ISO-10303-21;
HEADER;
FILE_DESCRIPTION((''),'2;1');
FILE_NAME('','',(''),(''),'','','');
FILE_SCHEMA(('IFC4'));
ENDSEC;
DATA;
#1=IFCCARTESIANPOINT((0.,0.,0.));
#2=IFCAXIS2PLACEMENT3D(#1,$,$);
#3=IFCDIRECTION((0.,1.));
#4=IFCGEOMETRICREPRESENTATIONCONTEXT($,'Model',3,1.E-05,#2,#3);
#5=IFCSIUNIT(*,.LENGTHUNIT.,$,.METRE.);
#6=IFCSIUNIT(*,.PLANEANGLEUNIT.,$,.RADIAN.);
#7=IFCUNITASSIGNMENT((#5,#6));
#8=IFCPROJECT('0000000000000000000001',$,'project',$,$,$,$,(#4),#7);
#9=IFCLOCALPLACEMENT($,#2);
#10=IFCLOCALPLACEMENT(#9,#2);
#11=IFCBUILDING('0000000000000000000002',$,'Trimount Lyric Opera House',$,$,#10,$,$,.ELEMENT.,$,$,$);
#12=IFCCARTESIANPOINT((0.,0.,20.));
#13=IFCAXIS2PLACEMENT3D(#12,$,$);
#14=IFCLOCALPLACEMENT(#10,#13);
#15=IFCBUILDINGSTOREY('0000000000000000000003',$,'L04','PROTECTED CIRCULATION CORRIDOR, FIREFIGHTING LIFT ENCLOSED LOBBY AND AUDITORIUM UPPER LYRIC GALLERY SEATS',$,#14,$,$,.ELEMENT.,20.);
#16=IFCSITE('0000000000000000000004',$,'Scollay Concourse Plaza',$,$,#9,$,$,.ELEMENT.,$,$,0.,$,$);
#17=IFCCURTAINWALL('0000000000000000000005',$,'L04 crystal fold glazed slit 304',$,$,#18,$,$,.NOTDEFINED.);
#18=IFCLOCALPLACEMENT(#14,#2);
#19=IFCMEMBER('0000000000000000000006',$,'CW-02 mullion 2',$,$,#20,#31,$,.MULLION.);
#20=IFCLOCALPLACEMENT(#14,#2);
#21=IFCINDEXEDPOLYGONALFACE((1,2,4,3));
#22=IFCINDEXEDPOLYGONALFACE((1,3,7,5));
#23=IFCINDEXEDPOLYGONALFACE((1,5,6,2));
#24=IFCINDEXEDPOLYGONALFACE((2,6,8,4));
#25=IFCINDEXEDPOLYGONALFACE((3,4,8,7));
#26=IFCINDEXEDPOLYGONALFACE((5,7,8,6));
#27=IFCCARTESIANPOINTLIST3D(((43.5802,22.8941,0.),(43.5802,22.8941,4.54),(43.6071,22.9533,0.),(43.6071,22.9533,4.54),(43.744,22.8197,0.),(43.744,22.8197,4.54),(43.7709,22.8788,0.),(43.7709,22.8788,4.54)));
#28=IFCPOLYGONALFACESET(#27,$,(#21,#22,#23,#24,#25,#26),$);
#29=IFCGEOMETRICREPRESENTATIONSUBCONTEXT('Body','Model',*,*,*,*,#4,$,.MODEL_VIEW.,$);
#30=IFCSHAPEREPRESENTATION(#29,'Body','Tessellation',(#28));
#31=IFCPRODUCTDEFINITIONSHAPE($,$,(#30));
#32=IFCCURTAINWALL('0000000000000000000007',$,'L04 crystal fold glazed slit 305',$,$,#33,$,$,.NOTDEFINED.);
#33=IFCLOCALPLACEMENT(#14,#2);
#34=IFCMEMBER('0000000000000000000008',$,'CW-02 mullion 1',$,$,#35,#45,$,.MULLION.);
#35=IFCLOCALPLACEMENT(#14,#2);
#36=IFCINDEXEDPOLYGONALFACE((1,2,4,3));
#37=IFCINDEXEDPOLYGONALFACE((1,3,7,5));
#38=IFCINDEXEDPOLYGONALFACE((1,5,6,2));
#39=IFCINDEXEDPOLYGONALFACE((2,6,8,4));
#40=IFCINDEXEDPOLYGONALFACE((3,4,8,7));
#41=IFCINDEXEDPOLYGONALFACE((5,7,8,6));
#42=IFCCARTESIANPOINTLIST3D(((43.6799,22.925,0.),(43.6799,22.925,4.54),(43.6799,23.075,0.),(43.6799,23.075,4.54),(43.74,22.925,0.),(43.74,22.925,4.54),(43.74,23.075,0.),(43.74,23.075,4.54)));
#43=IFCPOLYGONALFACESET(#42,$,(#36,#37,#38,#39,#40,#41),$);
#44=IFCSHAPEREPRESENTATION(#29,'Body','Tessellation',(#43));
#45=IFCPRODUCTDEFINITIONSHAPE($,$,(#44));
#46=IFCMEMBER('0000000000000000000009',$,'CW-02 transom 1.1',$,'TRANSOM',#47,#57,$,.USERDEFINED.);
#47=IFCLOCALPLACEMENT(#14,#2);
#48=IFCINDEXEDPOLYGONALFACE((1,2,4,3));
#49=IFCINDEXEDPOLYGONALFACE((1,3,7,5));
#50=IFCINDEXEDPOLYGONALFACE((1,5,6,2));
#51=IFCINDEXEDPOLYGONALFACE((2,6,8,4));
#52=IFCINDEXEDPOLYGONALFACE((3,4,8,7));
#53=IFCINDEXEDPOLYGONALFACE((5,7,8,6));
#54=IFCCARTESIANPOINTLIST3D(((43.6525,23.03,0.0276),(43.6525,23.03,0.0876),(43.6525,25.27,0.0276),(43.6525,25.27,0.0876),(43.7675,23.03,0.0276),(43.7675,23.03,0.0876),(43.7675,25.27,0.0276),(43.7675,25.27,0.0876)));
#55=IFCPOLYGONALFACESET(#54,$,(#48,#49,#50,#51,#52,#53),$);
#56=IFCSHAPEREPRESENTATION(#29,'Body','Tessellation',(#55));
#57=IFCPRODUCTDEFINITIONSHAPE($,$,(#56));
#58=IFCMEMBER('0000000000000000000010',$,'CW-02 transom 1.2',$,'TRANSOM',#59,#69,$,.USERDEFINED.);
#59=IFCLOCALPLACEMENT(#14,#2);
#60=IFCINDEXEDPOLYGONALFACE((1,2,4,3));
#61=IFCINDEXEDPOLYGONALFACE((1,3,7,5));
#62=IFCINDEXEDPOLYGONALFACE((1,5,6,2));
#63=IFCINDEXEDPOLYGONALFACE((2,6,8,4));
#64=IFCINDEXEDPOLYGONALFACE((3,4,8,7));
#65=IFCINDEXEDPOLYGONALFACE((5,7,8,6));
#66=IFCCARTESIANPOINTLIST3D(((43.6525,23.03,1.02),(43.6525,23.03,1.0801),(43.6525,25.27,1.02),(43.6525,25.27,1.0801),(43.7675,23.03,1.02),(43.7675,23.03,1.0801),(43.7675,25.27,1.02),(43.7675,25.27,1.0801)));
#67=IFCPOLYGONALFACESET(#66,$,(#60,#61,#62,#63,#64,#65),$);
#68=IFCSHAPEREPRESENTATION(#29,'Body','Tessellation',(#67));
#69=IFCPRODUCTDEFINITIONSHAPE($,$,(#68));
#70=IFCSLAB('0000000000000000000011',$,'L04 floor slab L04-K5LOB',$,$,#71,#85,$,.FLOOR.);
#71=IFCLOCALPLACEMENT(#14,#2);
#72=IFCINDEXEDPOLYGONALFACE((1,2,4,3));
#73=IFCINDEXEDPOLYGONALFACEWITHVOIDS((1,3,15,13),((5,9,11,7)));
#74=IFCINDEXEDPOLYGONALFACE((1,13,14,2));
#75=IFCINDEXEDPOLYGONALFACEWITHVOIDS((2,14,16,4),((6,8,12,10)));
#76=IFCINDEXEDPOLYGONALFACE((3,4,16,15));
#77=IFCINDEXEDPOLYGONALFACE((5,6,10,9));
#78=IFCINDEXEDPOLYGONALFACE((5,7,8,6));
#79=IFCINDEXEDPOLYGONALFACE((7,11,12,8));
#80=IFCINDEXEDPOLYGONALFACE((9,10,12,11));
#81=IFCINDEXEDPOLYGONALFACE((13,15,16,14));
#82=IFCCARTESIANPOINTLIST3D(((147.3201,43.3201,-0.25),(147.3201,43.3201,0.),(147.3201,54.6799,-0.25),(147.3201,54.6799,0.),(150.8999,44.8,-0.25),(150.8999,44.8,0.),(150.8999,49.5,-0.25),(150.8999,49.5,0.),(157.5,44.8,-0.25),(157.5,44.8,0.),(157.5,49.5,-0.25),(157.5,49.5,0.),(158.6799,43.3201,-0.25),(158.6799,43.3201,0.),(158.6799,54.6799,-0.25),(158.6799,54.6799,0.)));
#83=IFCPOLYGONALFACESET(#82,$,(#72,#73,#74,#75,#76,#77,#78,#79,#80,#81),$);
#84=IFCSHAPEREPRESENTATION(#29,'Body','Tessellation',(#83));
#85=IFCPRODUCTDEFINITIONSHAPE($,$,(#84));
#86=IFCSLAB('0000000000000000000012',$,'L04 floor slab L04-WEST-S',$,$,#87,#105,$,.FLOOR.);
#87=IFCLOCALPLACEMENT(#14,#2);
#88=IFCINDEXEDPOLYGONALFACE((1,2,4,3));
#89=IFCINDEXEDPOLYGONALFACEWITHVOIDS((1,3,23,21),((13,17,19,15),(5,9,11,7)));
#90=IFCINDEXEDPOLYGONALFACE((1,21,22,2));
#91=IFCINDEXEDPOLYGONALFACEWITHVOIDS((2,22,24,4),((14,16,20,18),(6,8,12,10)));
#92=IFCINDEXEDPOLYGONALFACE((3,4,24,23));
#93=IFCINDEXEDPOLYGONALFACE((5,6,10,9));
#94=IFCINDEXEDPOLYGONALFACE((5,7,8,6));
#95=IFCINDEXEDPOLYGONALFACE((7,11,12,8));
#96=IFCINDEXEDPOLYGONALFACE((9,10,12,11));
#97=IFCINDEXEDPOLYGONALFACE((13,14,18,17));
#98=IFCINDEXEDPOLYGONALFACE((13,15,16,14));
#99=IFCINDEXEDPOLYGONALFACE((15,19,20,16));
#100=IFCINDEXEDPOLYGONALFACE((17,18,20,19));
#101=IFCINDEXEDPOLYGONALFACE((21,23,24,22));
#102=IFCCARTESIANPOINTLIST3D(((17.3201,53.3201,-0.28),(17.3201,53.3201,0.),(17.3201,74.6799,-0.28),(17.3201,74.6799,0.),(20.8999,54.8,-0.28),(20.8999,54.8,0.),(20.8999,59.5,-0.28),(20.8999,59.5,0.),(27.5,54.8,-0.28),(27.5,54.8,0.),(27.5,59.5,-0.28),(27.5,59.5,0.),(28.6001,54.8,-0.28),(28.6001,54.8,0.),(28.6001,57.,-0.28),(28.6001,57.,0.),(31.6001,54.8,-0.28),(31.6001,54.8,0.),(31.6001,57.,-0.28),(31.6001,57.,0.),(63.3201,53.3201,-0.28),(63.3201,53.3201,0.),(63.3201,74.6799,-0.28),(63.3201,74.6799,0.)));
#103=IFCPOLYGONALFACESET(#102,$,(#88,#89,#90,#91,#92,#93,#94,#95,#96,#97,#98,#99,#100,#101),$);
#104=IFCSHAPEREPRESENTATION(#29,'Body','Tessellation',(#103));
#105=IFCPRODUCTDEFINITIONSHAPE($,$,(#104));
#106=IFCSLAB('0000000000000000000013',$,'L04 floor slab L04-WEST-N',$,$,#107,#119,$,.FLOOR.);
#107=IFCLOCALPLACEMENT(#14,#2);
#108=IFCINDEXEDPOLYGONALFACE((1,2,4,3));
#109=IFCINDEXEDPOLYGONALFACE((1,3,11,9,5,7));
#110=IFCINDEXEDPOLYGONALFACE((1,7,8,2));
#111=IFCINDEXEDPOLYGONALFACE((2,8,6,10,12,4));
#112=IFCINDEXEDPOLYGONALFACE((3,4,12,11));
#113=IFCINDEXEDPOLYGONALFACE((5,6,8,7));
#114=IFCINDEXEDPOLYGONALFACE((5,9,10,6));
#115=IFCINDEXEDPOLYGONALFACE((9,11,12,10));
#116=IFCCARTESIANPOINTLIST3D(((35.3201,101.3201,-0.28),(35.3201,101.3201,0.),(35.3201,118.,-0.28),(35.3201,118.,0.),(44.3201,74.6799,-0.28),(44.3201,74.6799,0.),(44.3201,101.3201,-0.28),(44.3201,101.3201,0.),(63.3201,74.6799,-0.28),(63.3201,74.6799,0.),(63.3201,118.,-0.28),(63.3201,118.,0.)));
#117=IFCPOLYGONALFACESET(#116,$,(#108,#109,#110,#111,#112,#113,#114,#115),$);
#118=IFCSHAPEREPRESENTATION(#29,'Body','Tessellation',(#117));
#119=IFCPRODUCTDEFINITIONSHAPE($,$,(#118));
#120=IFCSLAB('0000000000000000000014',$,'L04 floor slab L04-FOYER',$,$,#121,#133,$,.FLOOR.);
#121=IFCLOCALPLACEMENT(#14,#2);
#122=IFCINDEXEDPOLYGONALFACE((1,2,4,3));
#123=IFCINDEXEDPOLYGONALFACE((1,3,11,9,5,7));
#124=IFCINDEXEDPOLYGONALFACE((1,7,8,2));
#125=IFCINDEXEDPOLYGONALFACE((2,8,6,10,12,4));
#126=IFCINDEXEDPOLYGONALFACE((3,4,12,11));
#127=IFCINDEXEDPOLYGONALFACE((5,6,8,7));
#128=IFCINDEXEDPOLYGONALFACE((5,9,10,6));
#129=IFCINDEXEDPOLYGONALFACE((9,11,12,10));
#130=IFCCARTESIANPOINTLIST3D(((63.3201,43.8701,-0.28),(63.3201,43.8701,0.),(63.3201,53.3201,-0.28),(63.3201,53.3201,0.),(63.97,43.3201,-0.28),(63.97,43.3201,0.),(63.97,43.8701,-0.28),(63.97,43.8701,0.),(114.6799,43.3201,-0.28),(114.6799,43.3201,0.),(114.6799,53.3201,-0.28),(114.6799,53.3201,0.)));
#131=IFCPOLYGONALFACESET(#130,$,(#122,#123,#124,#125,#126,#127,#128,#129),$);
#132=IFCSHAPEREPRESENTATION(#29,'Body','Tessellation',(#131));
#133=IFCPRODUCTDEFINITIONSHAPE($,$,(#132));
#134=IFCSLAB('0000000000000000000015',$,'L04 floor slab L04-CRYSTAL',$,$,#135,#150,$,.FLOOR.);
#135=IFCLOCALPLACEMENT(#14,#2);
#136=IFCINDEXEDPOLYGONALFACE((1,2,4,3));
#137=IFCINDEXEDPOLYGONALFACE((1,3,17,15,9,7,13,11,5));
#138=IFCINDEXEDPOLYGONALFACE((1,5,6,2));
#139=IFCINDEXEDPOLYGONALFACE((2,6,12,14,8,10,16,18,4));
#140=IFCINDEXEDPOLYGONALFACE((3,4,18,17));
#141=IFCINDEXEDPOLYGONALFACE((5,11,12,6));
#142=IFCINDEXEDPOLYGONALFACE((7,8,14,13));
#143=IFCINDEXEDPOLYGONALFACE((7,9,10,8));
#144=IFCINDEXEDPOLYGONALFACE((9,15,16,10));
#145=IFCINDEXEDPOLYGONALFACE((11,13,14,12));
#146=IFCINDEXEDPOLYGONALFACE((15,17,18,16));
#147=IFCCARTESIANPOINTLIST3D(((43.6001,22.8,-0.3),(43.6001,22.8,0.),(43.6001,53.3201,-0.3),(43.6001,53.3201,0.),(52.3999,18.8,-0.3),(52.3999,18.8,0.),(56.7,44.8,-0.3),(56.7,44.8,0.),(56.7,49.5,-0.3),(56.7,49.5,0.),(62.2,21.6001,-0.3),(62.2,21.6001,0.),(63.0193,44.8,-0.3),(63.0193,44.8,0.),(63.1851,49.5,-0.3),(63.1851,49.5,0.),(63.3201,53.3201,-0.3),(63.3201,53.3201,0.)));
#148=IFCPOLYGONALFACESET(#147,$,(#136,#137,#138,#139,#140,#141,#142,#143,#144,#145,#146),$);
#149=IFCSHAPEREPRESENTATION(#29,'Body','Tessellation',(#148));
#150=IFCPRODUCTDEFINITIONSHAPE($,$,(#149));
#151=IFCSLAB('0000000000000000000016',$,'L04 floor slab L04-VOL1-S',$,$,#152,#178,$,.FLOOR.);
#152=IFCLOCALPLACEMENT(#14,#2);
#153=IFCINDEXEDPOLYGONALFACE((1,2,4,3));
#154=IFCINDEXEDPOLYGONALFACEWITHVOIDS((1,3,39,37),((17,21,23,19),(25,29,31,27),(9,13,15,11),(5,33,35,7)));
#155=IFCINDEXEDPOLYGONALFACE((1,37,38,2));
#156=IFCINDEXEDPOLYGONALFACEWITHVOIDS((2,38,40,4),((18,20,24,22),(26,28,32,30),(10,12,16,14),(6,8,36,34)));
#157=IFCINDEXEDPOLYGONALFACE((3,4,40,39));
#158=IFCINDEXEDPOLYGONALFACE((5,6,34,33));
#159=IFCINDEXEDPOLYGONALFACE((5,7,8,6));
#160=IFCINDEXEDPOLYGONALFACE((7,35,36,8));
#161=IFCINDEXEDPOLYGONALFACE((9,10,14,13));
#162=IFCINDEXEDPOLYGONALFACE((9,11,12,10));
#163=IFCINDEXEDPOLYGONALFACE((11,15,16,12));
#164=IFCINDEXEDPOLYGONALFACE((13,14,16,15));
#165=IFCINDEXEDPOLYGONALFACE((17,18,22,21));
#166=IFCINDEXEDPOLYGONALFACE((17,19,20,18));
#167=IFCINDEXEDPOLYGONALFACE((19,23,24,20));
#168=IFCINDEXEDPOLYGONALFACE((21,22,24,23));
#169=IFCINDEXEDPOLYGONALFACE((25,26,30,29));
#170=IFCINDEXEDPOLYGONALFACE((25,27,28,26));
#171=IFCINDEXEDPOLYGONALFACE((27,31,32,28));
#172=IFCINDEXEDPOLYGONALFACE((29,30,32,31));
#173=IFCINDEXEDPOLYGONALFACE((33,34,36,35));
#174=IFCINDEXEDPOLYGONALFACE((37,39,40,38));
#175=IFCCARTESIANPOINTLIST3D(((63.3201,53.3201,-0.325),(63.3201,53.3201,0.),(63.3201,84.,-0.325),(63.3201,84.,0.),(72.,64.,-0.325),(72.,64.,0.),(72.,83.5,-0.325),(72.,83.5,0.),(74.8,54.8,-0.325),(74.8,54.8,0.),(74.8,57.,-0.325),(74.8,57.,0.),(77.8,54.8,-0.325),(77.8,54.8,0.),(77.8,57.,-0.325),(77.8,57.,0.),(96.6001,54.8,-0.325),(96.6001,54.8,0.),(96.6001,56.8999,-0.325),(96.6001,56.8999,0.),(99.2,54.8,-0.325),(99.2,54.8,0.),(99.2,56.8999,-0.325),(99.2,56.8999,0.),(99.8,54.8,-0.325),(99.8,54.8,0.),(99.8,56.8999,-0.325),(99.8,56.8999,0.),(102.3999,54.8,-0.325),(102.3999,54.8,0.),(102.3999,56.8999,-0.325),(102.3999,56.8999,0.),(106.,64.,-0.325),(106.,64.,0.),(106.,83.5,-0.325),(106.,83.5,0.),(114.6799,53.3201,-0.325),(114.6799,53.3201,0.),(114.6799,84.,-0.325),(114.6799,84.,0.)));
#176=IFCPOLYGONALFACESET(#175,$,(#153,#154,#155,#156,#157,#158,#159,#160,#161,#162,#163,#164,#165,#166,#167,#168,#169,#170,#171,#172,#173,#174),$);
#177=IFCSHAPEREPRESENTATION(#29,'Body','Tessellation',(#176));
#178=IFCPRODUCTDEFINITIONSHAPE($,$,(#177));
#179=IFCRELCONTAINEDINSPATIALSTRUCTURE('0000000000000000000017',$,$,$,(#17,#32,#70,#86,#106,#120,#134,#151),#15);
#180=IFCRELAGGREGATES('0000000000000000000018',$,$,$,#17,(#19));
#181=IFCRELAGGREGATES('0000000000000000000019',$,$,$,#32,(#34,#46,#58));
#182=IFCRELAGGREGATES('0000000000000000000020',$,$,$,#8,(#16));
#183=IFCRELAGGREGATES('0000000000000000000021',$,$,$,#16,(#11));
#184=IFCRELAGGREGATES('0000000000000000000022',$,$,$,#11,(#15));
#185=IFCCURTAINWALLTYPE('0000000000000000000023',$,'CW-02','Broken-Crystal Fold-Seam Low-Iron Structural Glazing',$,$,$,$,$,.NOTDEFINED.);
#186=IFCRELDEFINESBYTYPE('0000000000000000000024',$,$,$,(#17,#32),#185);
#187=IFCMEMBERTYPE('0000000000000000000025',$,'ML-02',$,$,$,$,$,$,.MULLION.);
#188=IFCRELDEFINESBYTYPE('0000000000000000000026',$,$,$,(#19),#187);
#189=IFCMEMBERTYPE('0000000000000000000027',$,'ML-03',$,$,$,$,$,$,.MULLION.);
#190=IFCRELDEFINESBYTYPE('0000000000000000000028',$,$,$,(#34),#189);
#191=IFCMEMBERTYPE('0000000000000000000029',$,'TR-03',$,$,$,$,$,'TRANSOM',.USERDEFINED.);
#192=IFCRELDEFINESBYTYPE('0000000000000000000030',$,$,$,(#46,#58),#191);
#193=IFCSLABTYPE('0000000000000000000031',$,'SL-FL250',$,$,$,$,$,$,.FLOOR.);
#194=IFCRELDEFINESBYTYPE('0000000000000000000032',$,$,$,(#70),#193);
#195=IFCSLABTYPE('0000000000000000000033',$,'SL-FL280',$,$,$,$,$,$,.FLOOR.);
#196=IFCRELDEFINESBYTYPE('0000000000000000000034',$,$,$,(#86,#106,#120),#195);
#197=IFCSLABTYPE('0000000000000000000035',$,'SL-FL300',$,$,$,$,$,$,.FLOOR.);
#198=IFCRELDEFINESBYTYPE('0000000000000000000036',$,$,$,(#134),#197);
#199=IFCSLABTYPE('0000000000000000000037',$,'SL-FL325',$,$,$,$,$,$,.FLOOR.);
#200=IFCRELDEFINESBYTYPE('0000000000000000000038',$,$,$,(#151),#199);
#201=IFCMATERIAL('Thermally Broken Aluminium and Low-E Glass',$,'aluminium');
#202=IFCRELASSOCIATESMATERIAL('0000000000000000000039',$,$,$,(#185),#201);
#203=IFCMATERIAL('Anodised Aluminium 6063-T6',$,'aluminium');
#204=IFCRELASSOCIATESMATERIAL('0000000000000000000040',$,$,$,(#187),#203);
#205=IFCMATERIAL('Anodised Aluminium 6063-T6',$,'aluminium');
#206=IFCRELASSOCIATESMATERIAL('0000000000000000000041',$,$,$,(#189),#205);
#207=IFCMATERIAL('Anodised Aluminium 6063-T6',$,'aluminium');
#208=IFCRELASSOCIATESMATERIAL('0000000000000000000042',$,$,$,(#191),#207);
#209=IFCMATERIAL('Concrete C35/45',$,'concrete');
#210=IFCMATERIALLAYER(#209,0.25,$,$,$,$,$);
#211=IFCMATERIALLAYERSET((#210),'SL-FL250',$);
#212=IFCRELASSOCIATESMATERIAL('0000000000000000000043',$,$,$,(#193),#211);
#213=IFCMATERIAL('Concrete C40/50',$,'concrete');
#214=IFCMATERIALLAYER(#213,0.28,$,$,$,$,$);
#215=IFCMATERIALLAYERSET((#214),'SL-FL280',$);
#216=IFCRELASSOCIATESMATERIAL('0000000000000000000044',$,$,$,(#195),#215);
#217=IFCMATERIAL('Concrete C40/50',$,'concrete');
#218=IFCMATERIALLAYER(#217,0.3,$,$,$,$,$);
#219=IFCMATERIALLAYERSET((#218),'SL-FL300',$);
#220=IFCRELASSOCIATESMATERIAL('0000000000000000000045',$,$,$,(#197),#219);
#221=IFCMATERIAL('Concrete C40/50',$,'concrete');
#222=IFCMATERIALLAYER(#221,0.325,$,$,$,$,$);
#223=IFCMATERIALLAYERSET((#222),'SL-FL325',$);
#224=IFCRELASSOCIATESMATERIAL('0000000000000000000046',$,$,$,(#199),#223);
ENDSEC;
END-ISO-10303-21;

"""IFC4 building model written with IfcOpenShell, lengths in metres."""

from ifc_helpers import new_model, si_unit, direction, frame, origin, origin_2d, place, context, subcontext, project, spatial, polyline, rectangle, outline, extrude, material, layer, layer_set, material_profile, profile_set, type_object, element, aggregate, save


model = new_model("IFC4")

# Units and contexts
model_context = context("Model", 3, precision=1e-05, world=origin(), true_north=direction((0.0, 1.0)))
body_context = subcontext(model_context, "Body", "Model", "MODEL_VIEW")
ifc_project = project(units=[si_unit("LENGTHUNIT", "METRE"), si_unit("PLANEANGLEUNIT", "RADIAN")], contexts=[model_context])

# Site, building, storey
site_placement = place(None, origin())
site = spatial("IfcSite", under=ifc_project, at=site_placement, Name="Scollay Concourse Plaza", CompositionType="ELEMENT", RefElevation=0.0)
building_placement = place(site_placement, origin())
building = spatial("IfcBuilding", under=site, at=building_placement, Name="Trimount Lyric Opera House", CompositionType="ELEMENT")
storey_placement = place(building_placement, frame((0.0, 0.0, 20.0)))
storey = spatial("IfcBuildingStorey", under=building, at=storey_placement, Name="L04", Description="PROTECTED CIRCULATION CORRIDOR, FIREFIGHTING LIFT ENCLOSED LOBBY AND AUDITORIUM UPPER LYRIC GALLERY SEATS", CompositionType="ELEMENT", Elevation=20.0)

# Curtain wall, member
ifc_material_1 = material(Name="Thermally Broken Aluminium and Low-E Glass", Category="aluminium")
curtain_wall_type = type_object("IfcCurtainWallType", Name="CW-02", Description="Broken-Crystal Fold-Seam Low-Iron Structural Glazing", PredefinedType="NOTDEFINED", material=ifc_material_1)
curtain_wall_1_placement = place(storey_placement, origin())
curtain_wall_1 = element("IfcCurtainWall", 1, at=curtain_wall_1_placement, inside=storey, type_object=curtain_wall_type, Name="L04 crystal fold glazed slit 304", PredefinedType="NOTDEFINED")
ifc_material_2 = material(Name="Anodised Aluminium 6063-T6", Category="aluminium")
ifc_material_profile_1 = material_profile(ifc_material_2, rectangle(XDim=0.0649, YDim=0.1799, at=origin_2d()), Name="ALU-MULL-65X180")
ifc_profile_set_1 = profile_set([ifc_material_profile_1], Name="Anodised Aluminium 6063-T6")
member_type_1 = type_object("IfcMemberType", Name="ML-02", PredefinedType="MULLION", material=ifc_profile_set_1)
member_1_placement = place(storey_placement, frame((43.6755, 22.8865, 0.0), z_axis=(0.0, 0.0, 1.0), x_axis=(-0.413764, -0.910384, 0.0)))
member_1 = element("IfcMember", 2, at=member_1_placement, type_object=member_type_1, Name="CW-02 mullion 2", PredefinedType="MULLION", context=body_context, shape_type="SweptSolid", body=[
    extrude(rectangle(XDim=0.0649, YDim=0.1799, at=origin_2d()), origin(), (0.0, 0.0, 1.0), 4.54),
])
aggregate(curtain_wall_1, [member_1])

# Curtain wall, members
curtain_wall_2_placement = place(storey_placement, origin())
curtain_wall_2 = element("IfcCurtainWall", 3, at=curtain_wall_2_placement, inside=storey, type_object=curtain_wall_type, Name="L04 crystal fold glazed slit 305", PredefinedType="NOTDEFINED")
ifc_material_3 = material(Name="Anodised Aluminium 6063-T6", Category="aluminium")
ifc_material_profile_2 = material_profile(ifc_material_3, rectangle(XDim=0.0601, YDim=0.1499, at=origin_2d()), Name="ALU-MULL-60X150")
ifc_profile_set_2 = profile_set([ifc_material_profile_2], Name="Anodised Aluminium 6063-T6")
member_type_2 = type_object("IfcMemberType", Name="ML-03", PredefinedType="MULLION", material=ifc_profile_set_2)
member_2_placement = place(storey_placement, frame((43.71, 23.0, 0.0), z_axis=(0.0, 0.0, 1.0), x_axis=(-1.0, 0.0, 0.0)))
member_2 = element("IfcMember", 4, at=member_2_placement, type_object=member_type_2, Name="CW-02 mullion 1", PredefinedType="MULLION", context=body_context, shape_type="SweptSolid", body=[
    extrude(rectangle(XDim=0.0601, YDim=0.1499, at=origin_2d()), origin(), (0.0, 0.0, 1.0), 4.54),
])
ifc_material_4 = material(Name="Anodised Aluminium 6063-T6", Category="aluminium")
ifc_material_profile_3 = material_profile(ifc_material_4, rectangle(XDim=0.115, YDim=0.0601, at=origin_2d()), Name="ALU-TRAN-60X115")
ifc_profile_set_3 = profile_set([ifc_material_profile_3], Name="Anodised Aluminium 6063-T6")
member_type_3 = type_object("IfcMemberType", Name="TR-03", ElementType="TRANSOM", PredefinedType="USERDEFINED", material=ifc_profile_set_3)
member_3_placement = place(storey_placement, frame((43.71, 23.03, 0.0576), z_axis=(0.0, 1.0, 0.0), x_axis=(-1.0, 0.0, 0.0)))
member_3 = element("IfcMember", 5, at=member_3_placement, type_object=member_type_3, Name="CW-02 transom 1.1", ObjectType="TRANSOM", PredefinedType="USERDEFINED", context=body_context, shape_type="SweptSolid", body=[
    extrude(rectangle(XDim=0.115, YDim=0.0601, at=origin_2d()), origin(), (0.0, 0.0, 1.0), 2.24),
])
member_4_placement = place(storey_placement, frame((43.71, 23.03, 1.05), z_axis=(0.0, 1.0, 0.0), x_axis=(-1.0, 0.0, 0.0)))
member_4 = element("IfcMember", 6, at=member_4_placement, type_object=member_type_3, Name="CW-02 transom 1.2", ObjectType="TRANSOM", PredefinedType="USERDEFINED", context=body_context, shape_type="SweptSolid", body=[
    extrude(rectangle(XDim=0.115, YDim=0.0601, at=origin_2d()), origin(), (0.0, 0.0, 1.0), 2.24),
])
aggregate(curtain_wall_2, [member_2, member_3, member_4])

# Slabs
ifc_material_5 = material(Name="Concrete C35/45", Category="concrete")
ifc_layer_1 = layer(ifc_material_5, 0.25)
ifc_layer_set_1 = layer_set([ifc_layer_1], Name="SL-FL250")
slab_type_1 = type_object("IfcSlabType", Name="SL-FL250", PredefinedType="FLOOR", material=ifc_layer_set_1)
slab_1_placement = place(storey_placement, frame((0.0, 0.0, -0.25)))
element("IfcSlab", 7, at=slab_1_placement, inside=storey, type_object=slab_type_1, Name="L04 floor slab L04-K5LOB", PredefinedType="FLOOR", context=body_context, shape_type="SweptSolid", body=[
    extrude(outline(polyline([(147.3201, 54.6799), (158.6799, 54.6799), (158.6799, 43.3201), (147.3201, 43.3201), (147.3201, 54.6799)]), holes=[polyline([(157.5, 49.5), (150.8999, 49.5), (150.8999, 44.8), (157.5, 44.8), (157.5, 49.5)])]), origin(), (0.0, 0.0, 1.0), 0.25),
])
ifc_material_6 = material(Name="Concrete C40/50", Category="concrete")
ifc_layer_2 = layer(ifc_material_6, 0.28)
ifc_layer_set_2 = layer_set([ifc_layer_2], Name="SL-FL280")
slab_type_2 = type_object("IfcSlabType", Name="SL-FL280", PredefinedType="FLOOR", material=ifc_layer_set_2)
slab_2_placement = place(storey_placement, frame((0.0, 0.0, -0.28)))
element("IfcSlab", 8, at=slab_2_placement, inside=storey, type_object=slab_type_2, Name="L04 floor slab L04-WEST-S", PredefinedType="FLOOR", context=body_context, shape_type="SweptSolid", body=[
    extrude(outline(polyline([(17.3201, 74.6799), (63.3201, 74.6799), (63.3201, 53.3201), (17.3201, 53.3201), (17.3201, 74.6799)]), holes=[polyline([(31.6001, 57.0), (28.6001, 57.0), (28.6001, 54.8), (31.6001, 54.8), (31.6001, 57.0)]), polyline([(27.5, 59.5), (20.8999, 59.5), (20.8999, 54.8), (27.5, 54.8), (27.5, 59.5)])]), origin(), (0.0, 0.0, 1.0), 0.28),
])
slab_3_placement = place(storey_placement, frame((0.0, 0.0, -0.28)))
element("IfcSlab", 9, at=slab_3_placement, inside=storey, type_object=slab_type_2, Name="L04 floor slab L04-WEST-N", PredefinedType="FLOOR", context=body_context, shape_type="SweptSolid", body=[
    extrude(outline(polyline([(63.3201, 74.6799), (44.3201, 74.6799), (44.3201, 101.3201), (35.3201, 101.3201), (35.3201, 118.0), (63.3201, 118.0), (63.3201, 74.6799)])), origin(), (0.0, 0.0, 1.0), 0.28),
])
slab_4_placement = place(storey_placement, frame((0.0, 0.0, -0.28)))
element("IfcSlab", 10, at=slab_4_placement, inside=storey, type_object=slab_type_2, Name="L04 floor slab L04-FOYER", PredefinedType="FLOOR", context=body_context, shape_type="SweptSolid", body=[
    extrude(outline(polyline([(63.97, 43.3201), (63.97, 43.8701), (63.3201, 43.8701), (63.3201, 53.3201), (114.6799, 53.3201), (114.6799, 43.3201), (63.97, 43.3201)])), origin(), (0.0, 0.0, 1.0), 0.28),
])
ifc_material_7 = material(Name="Concrete C40/50", Category="concrete")
ifc_layer_3 = layer(ifc_material_7, 0.3)
ifc_layer_set_3 = layer_set([ifc_layer_3], Name="SL-FL300")
slab_type_3 = type_object("IfcSlabType", Name="SL-FL300", PredefinedType="FLOOR", material=ifc_layer_set_3)
slab_5_placement = place(storey_placement, frame((0.0, 0.0, -0.3)))
element("IfcSlab", 11, at=slab_5_placement, inside=storey, type_object=slab_type_3, Name="L04 floor slab L04-CRYSTAL", PredefinedType="FLOOR", context=body_context, shape_type="SweptSolid", body=[
    extrude(outline(polyline([(63.3201, 53.3201), (63.1851, 49.5), (56.7, 49.5), (56.7, 44.8), (63.0193, 44.8), (62.2, 21.6001), (52.3999, 18.8), (43.6001, 22.8), (43.6001, 53.3201), (63.3201, 53.3201)])), origin(), (0.0, 0.0, 1.0), 0.3),
])
ifc_material_8 = material(Name="Concrete C40/50", Category="concrete")
ifc_layer_4 = layer(ifc_material_8, 0.325)
ifc_layer_set_4 = layer_set([ifc_layer_4], Name="SL-FL325")
slab_type_4 = type_object("IfcSlabType", Name="SL-FL325", PredefinedType="FLOOR", material=ifc_layer_set_4)
slab_6_placement = place(storey_placement, frame((0.0, 0.0, -0.325)))
element("IfcSlab", 12, at=slab_6_placement, inside=storey, type_object=slab_type_4, Name="L04 floor slab L04-VOL1-S", PredefinedType="FLOOR", context=body_context, shape_type="SweptSolid", body=[
    extrude(outline(polyline([(63.3201, 84.0), (114.6799, 84.0), (114.6799, 53.3201), (63.3201, 53.3201), (63.3201, 84.0)]), holes=[polyline([(72.0, 64.0), (106.0, 64.0), (106.0, 83.5), (72.0, 83.5), (72.0, 64.0)]), polyline([(102.3999, 56.8999), (99.8, 56.8999), (99.8, 54.8), (102.3999, 54.8), (102.3999, 56.8999)]), polyline([(99.2, 56.8999), (96.6001, 56.8999), (96.6001, 54.8), (99.2, 54.8), (99.2, 56.8999)]), polyline([(77.8, 57.0), (74.8, 57.0), (74.8, 54.8), (77.8, 54.8), (77.8, 57.0)])]), origin(), (0.0, 0.0, 1.0), 0.325),
])

save(model, "model.ifc")
